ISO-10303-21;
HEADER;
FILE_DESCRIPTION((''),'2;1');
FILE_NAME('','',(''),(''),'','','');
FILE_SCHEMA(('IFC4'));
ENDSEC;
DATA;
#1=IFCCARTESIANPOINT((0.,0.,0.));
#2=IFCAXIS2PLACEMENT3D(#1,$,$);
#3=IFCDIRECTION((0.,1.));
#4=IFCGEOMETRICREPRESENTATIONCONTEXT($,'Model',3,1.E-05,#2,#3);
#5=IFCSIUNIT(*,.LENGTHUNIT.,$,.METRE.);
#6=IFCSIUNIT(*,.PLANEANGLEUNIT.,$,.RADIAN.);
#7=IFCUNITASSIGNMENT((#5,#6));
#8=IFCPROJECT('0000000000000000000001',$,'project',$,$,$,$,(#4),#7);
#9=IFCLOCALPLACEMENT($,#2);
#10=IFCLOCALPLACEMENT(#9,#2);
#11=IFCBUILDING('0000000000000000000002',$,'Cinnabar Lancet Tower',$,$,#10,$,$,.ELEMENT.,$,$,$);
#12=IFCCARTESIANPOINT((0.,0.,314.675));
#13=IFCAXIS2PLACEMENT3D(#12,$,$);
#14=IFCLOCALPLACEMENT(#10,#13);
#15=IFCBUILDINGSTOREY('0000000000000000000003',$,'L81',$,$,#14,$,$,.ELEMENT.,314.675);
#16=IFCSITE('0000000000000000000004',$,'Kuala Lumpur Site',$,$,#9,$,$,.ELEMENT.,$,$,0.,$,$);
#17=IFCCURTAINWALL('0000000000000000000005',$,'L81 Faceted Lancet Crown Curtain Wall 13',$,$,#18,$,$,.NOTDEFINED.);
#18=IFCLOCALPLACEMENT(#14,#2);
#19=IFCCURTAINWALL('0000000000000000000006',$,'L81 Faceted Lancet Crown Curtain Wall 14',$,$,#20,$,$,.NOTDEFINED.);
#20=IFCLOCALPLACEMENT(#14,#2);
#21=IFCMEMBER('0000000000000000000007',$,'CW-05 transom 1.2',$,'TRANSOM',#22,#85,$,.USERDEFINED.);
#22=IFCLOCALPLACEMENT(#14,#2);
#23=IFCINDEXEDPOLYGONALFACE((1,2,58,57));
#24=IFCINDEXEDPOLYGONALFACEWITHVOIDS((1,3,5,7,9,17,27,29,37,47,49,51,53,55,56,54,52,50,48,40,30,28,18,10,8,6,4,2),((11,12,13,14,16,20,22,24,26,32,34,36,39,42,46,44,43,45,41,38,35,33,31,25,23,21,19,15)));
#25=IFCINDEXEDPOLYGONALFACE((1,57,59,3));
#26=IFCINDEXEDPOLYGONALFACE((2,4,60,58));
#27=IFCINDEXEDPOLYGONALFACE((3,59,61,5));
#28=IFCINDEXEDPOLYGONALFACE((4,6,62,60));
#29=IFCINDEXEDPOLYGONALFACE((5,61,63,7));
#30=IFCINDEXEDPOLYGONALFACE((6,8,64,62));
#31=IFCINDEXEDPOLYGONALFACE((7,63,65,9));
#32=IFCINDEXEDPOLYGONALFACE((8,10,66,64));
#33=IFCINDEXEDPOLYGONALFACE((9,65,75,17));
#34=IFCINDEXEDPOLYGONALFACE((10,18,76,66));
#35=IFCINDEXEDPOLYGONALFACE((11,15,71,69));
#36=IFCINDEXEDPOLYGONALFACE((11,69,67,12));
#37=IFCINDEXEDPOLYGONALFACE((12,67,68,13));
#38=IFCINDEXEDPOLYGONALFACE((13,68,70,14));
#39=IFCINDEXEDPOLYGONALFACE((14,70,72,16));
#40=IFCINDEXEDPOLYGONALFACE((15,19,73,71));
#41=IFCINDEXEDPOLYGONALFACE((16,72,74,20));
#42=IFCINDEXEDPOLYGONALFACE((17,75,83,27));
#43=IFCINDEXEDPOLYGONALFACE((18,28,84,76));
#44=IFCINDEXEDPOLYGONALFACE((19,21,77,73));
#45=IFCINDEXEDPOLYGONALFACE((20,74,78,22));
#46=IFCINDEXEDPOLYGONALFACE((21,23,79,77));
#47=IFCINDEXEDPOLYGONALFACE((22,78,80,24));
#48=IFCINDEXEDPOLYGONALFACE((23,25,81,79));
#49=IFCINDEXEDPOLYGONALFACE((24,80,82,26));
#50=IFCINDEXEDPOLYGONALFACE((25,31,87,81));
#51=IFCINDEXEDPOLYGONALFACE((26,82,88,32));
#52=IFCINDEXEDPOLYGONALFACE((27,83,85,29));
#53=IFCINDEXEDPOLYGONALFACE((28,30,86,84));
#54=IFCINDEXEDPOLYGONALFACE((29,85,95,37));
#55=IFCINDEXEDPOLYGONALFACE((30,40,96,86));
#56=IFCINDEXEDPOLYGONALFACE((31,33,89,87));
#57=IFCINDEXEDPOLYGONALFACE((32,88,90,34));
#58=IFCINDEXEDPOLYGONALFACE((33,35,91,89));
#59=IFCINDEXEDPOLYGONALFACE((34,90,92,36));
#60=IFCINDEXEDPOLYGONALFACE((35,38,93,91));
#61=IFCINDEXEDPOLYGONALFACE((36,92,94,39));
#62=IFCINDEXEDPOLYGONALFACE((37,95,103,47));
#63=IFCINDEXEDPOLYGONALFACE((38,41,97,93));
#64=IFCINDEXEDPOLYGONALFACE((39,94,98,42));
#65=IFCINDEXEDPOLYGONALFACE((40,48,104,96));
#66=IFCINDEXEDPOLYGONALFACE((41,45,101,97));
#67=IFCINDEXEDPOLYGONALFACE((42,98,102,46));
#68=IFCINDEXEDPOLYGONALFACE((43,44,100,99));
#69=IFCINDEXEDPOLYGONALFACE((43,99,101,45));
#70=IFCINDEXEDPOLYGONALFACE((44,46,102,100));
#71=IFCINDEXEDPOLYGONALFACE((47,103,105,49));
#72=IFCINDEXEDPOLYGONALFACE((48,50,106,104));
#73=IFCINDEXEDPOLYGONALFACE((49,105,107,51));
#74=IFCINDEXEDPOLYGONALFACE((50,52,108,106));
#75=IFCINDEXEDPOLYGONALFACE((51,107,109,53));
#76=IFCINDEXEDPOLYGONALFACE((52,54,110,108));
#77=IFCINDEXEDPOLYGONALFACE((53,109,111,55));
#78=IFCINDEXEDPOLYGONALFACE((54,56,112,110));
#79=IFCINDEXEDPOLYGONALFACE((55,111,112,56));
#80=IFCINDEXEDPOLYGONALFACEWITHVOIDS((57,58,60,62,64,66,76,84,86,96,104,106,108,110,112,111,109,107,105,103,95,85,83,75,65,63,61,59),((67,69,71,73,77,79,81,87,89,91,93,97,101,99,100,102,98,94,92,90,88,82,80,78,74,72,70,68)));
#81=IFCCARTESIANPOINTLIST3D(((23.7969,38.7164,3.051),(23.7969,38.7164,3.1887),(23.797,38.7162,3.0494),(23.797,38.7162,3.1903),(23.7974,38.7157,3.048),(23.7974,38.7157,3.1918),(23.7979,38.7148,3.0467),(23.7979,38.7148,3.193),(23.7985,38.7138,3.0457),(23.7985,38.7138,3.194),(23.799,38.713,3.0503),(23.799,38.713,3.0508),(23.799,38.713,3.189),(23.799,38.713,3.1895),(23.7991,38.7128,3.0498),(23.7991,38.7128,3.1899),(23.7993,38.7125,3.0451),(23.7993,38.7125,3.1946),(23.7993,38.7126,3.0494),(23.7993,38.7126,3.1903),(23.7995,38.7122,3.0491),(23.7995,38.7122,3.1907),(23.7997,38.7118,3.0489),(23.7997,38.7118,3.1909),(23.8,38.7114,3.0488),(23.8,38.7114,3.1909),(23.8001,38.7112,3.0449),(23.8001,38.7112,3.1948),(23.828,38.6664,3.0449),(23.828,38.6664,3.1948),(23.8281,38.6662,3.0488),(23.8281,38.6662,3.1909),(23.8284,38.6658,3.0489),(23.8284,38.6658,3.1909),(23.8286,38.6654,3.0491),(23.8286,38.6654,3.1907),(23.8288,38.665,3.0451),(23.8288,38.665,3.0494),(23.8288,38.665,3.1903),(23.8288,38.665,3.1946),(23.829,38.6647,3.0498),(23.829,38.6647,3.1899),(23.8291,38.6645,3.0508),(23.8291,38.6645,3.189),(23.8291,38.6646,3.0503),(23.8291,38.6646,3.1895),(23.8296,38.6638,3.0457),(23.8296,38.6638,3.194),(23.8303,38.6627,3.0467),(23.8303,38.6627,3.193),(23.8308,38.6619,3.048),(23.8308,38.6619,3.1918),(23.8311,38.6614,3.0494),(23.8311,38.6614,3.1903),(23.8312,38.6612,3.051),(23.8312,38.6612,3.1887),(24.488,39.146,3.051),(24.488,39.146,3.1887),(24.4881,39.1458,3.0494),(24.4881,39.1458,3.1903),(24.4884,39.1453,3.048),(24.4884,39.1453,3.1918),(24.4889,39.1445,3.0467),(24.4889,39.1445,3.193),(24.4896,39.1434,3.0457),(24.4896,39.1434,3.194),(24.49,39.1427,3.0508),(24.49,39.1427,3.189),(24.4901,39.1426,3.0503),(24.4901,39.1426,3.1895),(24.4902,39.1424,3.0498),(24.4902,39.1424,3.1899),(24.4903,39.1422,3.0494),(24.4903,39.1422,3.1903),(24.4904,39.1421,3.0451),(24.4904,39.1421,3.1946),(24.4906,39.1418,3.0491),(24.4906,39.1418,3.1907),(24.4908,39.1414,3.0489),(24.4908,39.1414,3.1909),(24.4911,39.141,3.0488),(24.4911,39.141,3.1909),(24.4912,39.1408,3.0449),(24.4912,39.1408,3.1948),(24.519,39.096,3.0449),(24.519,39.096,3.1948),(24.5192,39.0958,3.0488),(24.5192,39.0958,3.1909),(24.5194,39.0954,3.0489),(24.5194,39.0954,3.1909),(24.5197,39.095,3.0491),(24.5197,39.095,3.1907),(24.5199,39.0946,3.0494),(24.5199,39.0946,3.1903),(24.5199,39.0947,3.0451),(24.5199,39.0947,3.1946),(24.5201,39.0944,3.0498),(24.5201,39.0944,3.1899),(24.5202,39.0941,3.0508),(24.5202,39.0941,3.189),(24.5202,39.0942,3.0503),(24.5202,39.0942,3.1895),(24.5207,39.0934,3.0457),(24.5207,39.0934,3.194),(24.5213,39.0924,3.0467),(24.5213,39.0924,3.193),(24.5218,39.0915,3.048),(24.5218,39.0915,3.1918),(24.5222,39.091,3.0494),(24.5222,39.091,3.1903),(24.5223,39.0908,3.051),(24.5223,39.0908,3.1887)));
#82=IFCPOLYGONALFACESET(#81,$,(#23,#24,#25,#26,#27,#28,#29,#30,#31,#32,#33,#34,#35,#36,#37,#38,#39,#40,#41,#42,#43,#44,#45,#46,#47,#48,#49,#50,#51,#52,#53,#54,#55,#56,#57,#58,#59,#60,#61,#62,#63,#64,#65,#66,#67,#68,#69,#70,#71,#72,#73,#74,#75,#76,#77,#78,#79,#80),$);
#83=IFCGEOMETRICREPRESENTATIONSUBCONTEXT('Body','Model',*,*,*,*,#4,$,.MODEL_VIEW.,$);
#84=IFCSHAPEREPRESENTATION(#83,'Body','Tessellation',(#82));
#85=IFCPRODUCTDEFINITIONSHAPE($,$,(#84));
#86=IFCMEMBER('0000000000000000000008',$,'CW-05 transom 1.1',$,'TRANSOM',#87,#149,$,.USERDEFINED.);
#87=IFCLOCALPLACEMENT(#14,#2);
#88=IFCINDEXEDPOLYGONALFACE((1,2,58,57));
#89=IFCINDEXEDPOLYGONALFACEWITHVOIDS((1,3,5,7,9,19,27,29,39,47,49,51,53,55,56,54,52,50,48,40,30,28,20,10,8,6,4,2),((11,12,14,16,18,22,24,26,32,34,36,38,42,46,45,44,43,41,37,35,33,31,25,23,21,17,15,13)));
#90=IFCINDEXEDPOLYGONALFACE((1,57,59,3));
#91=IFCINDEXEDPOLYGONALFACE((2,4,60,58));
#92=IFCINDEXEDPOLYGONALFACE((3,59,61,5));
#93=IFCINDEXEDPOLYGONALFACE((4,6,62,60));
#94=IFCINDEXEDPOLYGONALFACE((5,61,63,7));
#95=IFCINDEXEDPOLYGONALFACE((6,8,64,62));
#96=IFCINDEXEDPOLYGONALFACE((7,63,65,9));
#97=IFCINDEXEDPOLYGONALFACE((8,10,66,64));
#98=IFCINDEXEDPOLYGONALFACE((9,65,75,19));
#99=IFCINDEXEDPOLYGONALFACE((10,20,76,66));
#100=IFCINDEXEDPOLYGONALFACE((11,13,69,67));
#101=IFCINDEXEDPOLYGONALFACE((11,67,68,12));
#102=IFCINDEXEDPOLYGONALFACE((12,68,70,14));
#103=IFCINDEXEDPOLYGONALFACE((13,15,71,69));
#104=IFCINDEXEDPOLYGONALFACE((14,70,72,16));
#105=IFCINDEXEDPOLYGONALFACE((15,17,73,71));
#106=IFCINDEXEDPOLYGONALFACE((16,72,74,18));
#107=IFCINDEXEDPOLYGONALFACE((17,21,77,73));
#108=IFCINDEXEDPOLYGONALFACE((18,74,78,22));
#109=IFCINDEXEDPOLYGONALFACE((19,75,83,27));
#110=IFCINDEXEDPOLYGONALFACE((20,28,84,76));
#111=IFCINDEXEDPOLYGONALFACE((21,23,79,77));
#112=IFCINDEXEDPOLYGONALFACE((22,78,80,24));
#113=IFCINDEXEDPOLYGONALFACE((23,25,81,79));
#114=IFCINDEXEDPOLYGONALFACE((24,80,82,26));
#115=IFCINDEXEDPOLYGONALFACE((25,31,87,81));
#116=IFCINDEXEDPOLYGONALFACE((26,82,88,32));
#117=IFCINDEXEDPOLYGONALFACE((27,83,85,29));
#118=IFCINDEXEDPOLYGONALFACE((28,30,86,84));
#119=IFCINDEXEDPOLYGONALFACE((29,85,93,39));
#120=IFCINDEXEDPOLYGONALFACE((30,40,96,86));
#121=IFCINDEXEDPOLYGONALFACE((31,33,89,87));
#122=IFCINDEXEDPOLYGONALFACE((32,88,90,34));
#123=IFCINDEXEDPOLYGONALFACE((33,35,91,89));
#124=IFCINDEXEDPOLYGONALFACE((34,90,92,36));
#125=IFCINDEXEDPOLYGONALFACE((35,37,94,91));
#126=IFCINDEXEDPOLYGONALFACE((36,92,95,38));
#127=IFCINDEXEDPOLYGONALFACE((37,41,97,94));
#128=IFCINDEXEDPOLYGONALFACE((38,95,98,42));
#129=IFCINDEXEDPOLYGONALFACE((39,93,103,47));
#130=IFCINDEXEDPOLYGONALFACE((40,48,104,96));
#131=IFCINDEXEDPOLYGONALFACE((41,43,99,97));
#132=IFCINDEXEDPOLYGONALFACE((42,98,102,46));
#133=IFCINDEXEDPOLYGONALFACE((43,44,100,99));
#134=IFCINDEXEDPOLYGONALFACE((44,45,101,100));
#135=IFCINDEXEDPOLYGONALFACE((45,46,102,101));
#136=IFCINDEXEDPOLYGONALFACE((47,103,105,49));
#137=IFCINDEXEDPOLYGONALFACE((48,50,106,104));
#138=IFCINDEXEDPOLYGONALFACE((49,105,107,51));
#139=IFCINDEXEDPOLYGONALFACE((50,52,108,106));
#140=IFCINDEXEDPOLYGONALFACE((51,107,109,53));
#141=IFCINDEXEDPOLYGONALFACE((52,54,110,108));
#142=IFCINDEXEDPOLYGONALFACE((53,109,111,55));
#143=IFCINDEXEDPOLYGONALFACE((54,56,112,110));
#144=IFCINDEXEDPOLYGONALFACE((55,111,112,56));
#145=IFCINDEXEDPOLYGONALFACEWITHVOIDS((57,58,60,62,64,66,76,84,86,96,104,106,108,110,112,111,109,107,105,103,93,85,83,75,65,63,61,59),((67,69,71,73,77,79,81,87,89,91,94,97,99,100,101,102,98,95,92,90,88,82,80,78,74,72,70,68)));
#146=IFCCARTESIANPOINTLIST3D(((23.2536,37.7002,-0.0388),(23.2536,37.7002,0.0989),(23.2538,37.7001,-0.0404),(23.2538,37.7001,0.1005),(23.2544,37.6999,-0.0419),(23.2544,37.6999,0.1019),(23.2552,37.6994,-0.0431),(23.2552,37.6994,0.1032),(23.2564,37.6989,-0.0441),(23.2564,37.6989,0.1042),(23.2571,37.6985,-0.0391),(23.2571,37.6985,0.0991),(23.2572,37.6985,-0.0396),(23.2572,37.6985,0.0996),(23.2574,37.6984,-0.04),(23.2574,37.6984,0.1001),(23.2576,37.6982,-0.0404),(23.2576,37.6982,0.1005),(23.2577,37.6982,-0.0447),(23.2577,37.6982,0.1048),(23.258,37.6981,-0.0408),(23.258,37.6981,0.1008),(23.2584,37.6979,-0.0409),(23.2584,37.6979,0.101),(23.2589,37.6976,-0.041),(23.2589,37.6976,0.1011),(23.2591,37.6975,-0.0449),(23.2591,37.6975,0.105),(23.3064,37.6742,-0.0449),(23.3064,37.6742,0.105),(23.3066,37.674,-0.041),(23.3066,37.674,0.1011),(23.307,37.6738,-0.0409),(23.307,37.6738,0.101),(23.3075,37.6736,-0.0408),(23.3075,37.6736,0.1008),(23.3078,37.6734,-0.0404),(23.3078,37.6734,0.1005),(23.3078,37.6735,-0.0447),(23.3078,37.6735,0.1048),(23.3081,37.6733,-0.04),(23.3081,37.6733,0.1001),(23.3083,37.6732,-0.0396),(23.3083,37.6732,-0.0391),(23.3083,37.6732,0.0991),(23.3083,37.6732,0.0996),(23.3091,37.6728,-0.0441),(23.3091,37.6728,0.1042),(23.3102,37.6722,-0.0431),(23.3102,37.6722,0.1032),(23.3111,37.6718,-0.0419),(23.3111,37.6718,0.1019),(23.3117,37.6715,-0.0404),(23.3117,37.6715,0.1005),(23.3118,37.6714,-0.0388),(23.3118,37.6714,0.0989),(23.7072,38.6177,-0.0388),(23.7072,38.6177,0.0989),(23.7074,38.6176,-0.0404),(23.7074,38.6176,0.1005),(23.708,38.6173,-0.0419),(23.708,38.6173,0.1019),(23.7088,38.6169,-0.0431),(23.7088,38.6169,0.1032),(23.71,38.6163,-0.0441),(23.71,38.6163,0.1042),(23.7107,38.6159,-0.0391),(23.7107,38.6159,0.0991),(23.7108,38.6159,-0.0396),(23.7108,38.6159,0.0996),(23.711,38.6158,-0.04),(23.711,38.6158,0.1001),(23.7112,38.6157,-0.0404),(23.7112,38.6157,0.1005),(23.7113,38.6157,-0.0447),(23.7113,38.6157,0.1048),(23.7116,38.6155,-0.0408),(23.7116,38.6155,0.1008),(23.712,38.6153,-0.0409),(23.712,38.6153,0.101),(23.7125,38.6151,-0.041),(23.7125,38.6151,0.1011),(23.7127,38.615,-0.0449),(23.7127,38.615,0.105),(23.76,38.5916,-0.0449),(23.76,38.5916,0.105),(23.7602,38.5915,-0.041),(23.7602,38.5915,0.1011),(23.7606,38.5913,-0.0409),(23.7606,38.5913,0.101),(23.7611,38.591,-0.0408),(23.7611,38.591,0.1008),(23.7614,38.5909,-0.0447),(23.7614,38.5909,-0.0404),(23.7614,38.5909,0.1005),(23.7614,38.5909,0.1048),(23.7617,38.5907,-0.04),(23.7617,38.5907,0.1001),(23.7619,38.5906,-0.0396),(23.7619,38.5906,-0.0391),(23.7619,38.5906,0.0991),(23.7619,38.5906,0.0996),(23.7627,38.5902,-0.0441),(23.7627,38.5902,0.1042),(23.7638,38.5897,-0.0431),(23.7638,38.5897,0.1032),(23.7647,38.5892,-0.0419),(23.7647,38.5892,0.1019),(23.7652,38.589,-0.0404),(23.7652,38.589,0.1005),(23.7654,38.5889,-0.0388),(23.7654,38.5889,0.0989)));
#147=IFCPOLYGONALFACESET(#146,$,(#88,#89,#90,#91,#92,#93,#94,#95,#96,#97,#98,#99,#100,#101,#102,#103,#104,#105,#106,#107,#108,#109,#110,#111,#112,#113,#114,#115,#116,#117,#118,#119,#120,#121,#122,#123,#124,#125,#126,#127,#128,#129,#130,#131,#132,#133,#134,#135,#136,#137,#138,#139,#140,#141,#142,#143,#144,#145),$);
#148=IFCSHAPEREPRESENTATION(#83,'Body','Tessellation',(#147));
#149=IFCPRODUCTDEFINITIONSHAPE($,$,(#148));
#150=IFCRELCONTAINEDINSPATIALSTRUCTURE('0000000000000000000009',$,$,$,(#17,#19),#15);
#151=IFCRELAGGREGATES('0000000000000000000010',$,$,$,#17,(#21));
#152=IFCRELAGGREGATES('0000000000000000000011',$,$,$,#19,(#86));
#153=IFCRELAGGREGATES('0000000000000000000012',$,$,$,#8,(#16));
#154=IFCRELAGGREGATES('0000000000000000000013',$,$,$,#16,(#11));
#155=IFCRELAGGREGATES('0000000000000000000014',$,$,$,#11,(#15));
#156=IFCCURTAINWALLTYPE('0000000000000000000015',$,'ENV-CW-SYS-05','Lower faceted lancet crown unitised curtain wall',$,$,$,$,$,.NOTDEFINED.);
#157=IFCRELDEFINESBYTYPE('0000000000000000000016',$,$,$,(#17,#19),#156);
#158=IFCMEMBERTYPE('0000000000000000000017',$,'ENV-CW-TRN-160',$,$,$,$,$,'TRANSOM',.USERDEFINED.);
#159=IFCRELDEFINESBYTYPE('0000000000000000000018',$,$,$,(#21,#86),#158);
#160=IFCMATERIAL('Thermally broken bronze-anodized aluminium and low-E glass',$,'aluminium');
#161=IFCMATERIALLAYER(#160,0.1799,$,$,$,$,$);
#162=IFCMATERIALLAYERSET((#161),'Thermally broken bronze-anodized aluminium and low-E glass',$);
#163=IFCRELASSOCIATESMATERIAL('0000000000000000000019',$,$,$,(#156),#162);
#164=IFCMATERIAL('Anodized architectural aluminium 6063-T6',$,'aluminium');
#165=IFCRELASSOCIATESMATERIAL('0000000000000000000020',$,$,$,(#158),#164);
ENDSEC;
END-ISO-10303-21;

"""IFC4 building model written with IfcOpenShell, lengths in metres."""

from ifc_helpers import new_model, si_unit, direction, frame, origin, origin_2d, place, context, subcontext, project, spatial, hollow_rectangle, extrude, material, layer, layer_set, material_profile, profile_set, type_object, element, aggregate, save


model = new_model("IFC4")

# Units and contexts
model_context = context("Model", 3, precision=1e-05, world=origin(), true_north=direction((0.0, 1.0)))
body_context = subcontext(model_context, "Body", "Model", "MODEL_VIEW")
ifc_project = project(units=[si_unit("LENGTHUNIT", "METRE"), si_unit("PLANEANGLEUNIT", "RADIAN")], contexts=[model_context])

# Site, building, storey
site_placement = place(None, origin())
site = spatial("IfcSite", under=ifc_project, at=site_placement, Name="Kuala Lumpur Site", CompositionType="ELEMENT", RefElevation=0.0)
building_placement = place(site_placement, origin())
building = spatial("IfcBuilding", under=site, at=building_placement, Name="Cinnabar Lancet Tower", CompositionType="ELEMENT")
storey_placement = place(building_placement, frame((0.0, 0.0, 314.675)))
storey = spatial("IfcBuildingStorey", under=building, at=storey_placement, Name="L81", CompositionType="ELEMENT", Elevation=314.675)

# Curtain walls
ifc_material_1 = material(Name="Thermally broken bronze-anodized aluminium and low-E glass", Category="aluminium")
ifc_layer_1 = layer(ifc_material_1, 0.1799)
ifc_layer_set_1 = layer_set([ifc_layer_1], Name="Thermally broken bronze-anodized aluminium and low-E glass")
curtain_wall_type = type_object("IfcCurtainWallType", Name="ENV-CW-SYS-05", Description="Lower faceted lancet crown unitised curtain wall", PredefinedType="NOTDEFINED", material=ifc_layer_set_1)
curtain_wall_1_placement = place(storey_placement, origin())
curtain_wall_1 = element("IfcCurtainWall", 1, at=curtain_wall_1_placement, inside=storey, type_object=curtain_wall_type, Name="L81 Faceted Lancet Crown Curtain Wall 13", PredefinedType="NOTDEFINED")
curtain_wall_2_placement = place(storey_placement, origin())
curtain_wall_2 = element("IfcCurtainWall", 2, at=curtain_wall_2_placement, inside=storey, type_object=curtain_wall_type, Name="L81 Faceted Lancet Crown Curtain Wall 14", PredefinedType="NOTDEFINED")

# Members
ifc_material_2 = material(Name="Anodized architectural aluminium 6063-T6", Category="aluminium")
ifc_material_profile_1 = material_profile(ifc_material_2, hollow_rectangle(XDim=0.0649, YDim=0.1499, WallThickness=0.0039, InnerFilletRadius=0.002, OuterFilletRadius=0.0061, at=origin_2d()), Name="CW-TRN 150x65x4")
ifc_profile_set_1 = profile_set([ifc_material_profile_1], Name="Anodized architectural aluminium 6063-T6")
member_type_1 = type_object("IfcMemberType", Name="ENV-CW-TRN-160", ElementType="TRANSOM", PredefinedType="USERDEFINED", material=ifc_profile_set_1)
member_1_placement = place(storey_placement, frame((24.5051, 39.1184, 3.1199), z_axis=(-0.84926, -0.527975, 0.0), x_axis=(0.527975, -0.84926, 0.0)))
member_1 = element("IfcMember", 3, at=member_1_placement, type_object=member_type_1, Name="CW-05 transom 1.2", ObjectType="TRANSOM", PredefinedType="USERDEFINED", context=body_context, shape_type="SweptSolid", body=[
    extrude(hollow_rectangle(XDim=0.0649, YDim=0.1499, WallThickness=0.0039, InnerFilletRadius=0.002, OuterFilletRadius=0.0061, at=origin_2d()), origin(), (0.0, 0.0, 1.0), 0.8137),
])
member_2_placement = place(storey_placement, frame((23.7363, 38.6033, 0.03), z_axis=(-0.443202, -0.896422, 0.0), x_axis=(0.896422, -0.443202, 0.0)))
member_2 = element("IfcMember", 4, at=member_2_placement, type_object=member_type_1, Name="CW-05 transom 1.1", ObjectType="TRANSOM", PredefinedType="USERDEFINED", context=body_context, shape_type="SweptSolid", body=[
    extrude(hollow_rectangle(XDim=0.0649, YDim=0.1499, WallThickness=0.0039, InnerFilletRadius=0.002, OuterFilletRadius=0.0061, at=origin_2d()), origin(), (0.0, 0.0, 1.0), 1.0234),
])

aggregate(curtain_wall_1, [member_1])
aggregate(curtain_wall_2, [member_2])

save(model, "model.ifc")
